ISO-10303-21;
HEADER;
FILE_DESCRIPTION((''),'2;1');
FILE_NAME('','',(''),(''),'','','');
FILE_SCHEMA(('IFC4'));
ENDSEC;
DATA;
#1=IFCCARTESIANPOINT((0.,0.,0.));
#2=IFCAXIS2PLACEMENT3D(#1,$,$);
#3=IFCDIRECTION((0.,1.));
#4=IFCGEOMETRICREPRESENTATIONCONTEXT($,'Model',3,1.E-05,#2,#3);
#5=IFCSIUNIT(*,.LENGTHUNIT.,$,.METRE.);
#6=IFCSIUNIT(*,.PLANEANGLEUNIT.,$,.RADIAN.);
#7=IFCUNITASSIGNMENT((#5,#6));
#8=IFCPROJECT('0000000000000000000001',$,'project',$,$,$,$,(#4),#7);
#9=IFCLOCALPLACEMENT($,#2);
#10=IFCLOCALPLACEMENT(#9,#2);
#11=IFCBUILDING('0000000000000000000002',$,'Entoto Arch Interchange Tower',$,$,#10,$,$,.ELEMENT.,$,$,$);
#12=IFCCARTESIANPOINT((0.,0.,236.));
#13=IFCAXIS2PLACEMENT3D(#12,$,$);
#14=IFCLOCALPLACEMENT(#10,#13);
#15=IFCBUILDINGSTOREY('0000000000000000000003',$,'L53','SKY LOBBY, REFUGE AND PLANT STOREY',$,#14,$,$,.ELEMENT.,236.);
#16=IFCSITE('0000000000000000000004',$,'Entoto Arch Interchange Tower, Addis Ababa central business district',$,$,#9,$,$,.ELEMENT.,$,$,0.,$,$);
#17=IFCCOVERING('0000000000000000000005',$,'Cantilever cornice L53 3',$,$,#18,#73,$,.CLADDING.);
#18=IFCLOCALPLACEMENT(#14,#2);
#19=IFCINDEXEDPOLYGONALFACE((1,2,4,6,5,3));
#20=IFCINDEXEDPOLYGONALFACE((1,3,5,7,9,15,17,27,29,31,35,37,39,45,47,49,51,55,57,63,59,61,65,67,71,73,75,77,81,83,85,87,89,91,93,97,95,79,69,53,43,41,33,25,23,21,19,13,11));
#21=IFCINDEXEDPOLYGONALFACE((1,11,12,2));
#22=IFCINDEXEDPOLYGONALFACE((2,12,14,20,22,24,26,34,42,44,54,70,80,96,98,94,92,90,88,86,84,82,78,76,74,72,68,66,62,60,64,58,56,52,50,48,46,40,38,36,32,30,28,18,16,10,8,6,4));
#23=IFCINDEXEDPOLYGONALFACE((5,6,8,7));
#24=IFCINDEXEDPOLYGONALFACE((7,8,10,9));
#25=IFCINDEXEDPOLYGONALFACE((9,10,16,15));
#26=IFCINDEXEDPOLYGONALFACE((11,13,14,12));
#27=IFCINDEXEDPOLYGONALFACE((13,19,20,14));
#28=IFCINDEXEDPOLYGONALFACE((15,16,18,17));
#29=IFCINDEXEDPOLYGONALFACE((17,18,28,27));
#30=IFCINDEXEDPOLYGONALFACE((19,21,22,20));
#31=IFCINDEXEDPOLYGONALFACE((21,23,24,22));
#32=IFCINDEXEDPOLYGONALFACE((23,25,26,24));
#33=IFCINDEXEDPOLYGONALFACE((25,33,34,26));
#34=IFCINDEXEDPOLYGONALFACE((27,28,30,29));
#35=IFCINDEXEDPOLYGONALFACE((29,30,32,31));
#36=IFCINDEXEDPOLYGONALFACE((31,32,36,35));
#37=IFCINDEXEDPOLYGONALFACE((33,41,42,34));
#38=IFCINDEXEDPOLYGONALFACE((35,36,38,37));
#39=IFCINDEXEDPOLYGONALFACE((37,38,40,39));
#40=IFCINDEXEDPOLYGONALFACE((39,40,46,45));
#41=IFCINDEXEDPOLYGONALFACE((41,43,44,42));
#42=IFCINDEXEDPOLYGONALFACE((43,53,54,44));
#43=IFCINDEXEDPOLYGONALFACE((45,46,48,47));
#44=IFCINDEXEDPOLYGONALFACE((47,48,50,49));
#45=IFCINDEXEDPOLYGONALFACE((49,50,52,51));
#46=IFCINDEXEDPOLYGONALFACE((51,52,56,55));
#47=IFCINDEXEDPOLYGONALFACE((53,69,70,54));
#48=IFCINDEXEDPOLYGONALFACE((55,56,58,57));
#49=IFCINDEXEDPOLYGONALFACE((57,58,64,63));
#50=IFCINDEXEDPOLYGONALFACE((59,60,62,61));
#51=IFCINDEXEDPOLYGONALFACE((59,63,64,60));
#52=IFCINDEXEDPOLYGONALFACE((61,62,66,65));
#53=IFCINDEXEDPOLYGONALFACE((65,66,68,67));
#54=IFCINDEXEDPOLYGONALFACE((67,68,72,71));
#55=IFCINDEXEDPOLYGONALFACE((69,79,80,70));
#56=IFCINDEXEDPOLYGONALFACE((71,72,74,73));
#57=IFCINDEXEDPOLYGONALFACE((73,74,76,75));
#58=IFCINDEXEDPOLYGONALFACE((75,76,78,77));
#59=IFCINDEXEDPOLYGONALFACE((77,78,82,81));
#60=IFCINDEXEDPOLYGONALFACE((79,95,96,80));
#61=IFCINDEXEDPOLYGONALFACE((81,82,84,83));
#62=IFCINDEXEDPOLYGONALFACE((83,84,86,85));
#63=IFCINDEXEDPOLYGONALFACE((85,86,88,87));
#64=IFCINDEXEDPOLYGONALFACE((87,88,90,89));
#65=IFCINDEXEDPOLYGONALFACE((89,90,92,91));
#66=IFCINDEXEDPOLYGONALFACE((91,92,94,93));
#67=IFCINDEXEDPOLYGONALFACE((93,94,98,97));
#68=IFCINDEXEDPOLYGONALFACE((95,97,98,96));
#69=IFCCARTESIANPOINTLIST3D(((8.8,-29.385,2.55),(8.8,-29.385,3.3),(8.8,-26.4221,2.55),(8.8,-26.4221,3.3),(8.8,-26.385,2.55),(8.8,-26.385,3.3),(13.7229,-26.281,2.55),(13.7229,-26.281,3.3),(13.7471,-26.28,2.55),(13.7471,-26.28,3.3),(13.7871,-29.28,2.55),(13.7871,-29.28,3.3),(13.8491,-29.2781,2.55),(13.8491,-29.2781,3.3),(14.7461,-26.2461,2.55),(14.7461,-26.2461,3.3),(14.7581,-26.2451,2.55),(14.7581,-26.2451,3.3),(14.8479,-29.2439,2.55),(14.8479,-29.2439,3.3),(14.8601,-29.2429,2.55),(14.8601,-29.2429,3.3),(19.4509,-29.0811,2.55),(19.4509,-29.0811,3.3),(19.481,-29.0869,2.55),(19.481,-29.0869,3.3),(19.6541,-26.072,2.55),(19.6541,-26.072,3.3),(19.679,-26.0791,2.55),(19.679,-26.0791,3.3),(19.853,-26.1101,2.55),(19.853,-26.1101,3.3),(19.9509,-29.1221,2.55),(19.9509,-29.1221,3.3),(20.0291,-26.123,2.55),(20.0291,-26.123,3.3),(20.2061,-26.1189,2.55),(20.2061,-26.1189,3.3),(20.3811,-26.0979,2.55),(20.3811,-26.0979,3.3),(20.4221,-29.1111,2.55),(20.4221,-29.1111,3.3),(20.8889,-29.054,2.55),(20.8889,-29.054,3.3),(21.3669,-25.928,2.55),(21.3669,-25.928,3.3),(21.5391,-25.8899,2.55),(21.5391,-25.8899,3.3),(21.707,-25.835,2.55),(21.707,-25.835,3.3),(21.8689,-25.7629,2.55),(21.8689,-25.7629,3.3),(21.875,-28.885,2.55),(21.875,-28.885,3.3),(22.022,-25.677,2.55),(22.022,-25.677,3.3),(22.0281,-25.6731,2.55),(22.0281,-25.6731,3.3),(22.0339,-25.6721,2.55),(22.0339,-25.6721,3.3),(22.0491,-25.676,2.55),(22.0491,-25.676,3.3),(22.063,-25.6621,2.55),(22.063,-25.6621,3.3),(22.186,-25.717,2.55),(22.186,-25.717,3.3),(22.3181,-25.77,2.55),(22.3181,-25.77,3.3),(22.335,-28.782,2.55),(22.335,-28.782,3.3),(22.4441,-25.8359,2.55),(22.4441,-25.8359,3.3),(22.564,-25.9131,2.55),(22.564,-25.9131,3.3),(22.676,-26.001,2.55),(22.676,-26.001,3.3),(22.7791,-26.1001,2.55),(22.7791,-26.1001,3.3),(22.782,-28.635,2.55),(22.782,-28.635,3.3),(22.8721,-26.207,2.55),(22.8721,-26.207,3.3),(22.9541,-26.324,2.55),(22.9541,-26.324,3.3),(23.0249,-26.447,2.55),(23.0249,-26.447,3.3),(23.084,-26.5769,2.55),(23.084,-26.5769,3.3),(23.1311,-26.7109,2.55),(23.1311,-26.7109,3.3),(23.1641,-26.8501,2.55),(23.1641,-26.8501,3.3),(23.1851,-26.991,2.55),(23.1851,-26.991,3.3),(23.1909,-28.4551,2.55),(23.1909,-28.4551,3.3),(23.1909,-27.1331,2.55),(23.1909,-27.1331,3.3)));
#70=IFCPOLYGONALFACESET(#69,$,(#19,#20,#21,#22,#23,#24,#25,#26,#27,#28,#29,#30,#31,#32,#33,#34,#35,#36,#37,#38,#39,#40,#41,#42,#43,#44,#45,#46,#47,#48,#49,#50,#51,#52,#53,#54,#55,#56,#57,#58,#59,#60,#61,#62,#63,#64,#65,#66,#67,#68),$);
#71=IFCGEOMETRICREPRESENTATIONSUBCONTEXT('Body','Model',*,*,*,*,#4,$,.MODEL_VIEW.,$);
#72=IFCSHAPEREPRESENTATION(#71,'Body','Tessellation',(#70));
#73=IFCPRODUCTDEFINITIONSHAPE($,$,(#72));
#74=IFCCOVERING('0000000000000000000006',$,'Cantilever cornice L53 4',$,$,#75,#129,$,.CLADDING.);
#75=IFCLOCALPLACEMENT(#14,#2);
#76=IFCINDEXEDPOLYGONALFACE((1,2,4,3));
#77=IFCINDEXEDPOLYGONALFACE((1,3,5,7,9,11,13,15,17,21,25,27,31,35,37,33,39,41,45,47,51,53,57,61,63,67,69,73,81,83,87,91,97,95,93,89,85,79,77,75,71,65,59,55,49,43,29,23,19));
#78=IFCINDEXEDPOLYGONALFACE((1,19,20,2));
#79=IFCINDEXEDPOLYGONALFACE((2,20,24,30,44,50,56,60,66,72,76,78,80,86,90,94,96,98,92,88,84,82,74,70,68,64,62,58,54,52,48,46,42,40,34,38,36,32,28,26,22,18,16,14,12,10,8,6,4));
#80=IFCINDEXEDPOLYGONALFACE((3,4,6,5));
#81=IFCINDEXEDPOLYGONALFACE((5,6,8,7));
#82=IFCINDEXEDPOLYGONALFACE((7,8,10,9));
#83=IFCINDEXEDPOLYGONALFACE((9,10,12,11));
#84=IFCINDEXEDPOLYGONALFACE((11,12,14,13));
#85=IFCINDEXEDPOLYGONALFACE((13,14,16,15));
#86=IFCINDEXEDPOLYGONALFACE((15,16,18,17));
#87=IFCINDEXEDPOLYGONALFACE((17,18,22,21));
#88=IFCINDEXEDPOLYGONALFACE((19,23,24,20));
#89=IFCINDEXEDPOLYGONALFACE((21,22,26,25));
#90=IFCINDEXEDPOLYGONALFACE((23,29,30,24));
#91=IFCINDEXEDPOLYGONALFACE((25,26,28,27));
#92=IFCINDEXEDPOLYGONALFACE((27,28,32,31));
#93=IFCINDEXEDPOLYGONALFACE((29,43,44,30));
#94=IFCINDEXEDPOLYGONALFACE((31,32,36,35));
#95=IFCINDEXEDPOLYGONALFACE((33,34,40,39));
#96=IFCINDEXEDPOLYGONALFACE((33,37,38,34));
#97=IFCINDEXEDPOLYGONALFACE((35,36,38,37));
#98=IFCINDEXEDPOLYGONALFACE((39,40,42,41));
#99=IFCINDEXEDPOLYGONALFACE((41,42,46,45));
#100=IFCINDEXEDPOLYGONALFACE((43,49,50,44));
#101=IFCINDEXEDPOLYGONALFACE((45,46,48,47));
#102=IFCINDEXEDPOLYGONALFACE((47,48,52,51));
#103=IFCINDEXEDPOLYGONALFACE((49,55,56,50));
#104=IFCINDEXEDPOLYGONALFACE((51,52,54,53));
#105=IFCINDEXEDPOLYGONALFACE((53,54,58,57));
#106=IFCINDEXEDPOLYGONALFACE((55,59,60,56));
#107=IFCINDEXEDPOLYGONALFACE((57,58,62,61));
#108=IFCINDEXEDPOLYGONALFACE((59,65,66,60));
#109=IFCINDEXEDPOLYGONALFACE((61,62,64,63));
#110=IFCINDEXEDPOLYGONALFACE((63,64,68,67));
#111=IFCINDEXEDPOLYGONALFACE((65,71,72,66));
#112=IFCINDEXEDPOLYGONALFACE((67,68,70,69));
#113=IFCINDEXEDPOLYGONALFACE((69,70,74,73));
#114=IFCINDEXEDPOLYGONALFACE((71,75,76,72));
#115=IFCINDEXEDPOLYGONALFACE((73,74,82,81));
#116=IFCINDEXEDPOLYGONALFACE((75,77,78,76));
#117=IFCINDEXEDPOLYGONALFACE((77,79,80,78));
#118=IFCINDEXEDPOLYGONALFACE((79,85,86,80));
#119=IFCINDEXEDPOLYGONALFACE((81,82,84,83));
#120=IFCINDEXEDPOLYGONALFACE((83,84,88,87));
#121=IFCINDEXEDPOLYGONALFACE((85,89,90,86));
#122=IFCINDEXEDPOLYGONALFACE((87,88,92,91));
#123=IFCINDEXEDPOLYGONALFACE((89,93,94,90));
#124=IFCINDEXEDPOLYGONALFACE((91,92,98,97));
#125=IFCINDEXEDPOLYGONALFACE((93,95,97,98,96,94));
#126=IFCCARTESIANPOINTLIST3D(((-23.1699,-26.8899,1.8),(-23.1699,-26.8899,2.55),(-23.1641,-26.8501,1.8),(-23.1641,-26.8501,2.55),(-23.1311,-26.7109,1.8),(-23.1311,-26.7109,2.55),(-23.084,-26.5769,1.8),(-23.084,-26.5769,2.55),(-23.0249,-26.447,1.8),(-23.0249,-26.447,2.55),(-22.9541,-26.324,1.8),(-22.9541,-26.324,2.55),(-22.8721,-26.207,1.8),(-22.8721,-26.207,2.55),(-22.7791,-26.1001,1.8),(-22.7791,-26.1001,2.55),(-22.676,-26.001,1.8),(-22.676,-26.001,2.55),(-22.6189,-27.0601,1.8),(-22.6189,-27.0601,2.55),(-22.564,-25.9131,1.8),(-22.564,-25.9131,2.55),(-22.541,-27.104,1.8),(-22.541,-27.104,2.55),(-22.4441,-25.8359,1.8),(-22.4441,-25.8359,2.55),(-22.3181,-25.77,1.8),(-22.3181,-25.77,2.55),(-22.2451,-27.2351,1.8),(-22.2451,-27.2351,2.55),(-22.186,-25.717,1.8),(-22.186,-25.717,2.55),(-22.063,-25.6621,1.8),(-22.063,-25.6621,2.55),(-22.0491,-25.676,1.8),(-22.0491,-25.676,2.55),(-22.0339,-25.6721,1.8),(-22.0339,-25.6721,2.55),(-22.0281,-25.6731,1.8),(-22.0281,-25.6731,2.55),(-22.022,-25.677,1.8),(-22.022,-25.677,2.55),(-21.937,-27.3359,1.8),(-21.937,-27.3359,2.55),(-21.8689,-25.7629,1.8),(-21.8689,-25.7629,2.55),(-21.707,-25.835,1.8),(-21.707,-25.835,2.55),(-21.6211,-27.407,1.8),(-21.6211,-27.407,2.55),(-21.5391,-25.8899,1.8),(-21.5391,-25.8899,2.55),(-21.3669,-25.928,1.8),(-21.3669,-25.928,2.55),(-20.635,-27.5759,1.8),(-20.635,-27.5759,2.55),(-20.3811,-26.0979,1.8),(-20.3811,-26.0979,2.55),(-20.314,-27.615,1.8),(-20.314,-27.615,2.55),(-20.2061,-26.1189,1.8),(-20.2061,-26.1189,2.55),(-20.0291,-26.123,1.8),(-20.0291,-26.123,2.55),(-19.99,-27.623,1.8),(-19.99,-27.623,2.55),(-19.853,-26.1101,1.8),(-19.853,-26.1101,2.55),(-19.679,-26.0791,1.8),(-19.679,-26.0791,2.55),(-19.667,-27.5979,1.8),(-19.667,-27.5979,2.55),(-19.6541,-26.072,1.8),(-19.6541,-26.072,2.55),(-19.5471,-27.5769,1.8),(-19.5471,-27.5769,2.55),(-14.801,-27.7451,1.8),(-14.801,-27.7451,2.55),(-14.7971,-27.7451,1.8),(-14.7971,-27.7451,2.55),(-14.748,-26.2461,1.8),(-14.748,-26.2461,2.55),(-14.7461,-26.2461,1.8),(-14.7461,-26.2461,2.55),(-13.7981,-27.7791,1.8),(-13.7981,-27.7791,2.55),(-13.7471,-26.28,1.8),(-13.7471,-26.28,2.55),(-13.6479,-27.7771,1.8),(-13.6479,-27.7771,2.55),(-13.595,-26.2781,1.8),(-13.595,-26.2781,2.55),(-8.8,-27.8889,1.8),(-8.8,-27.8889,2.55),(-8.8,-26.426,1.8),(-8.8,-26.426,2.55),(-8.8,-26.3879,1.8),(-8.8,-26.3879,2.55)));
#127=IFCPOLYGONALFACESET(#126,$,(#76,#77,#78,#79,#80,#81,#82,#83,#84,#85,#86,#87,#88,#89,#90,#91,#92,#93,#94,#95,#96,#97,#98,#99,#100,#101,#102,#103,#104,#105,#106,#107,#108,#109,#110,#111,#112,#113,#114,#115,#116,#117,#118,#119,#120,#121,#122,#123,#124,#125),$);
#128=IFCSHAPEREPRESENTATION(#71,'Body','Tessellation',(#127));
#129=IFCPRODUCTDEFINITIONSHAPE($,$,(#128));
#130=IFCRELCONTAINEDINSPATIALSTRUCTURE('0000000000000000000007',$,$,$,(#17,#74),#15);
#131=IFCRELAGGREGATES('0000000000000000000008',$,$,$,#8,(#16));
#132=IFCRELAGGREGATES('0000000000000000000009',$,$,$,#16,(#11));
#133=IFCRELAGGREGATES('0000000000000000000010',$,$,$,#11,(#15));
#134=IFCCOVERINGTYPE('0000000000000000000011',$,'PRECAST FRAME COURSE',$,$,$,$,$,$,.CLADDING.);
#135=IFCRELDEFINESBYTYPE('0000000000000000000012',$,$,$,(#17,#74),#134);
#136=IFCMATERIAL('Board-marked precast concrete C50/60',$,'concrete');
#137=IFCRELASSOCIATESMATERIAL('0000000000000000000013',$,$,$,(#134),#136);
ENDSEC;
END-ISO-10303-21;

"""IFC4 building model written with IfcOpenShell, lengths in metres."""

from ifc_helpers import new_model, si_unit, direction, frame, origin, place, context, subcontext, project, spatial, polyline, outline, extrude, material, type_object, element, save


model = new_model("IFC4")

# Units and contexts
model_context = context("Model", 3, precision=1e-05, world=origin(), true_north=direction((0.0, 1.0)))
body_context = subcontext(model_context, "Body", "Model", "MODEL_VIEW")
ifc_project = project(units=[si_unit("LENGTHUNIT", "METRE"), si_unit("PLANEANGLEUNIT", "RADIAN")], contexts=[model_context])

# Site, building, storey
site_placement = place(None, origin())
site = spatial("IfcSite", under=ifc_project, at=site_placement, Name="Entoto Arch Interchange Tower, Addis Ababa central business district", CompositionType="ELEMENT", RefElevation=0.0)
building_placement = place(site_placement, origin())
building = spatial("IfcBuilding", under=site, at=building_placement, Name="Entoto Arch Interchange Tower", CompositionType="ELEMENT")
storey_placement = place(building_placement, frame((0.0, 0.0, 236.0)))
storey = spatial("IfcBuildingStorey", under=building, at=storey_placement, Name="L53", Description="SKY LOBBY, REFUGE AND PLANT STOREY", CompositionType="ELEMENT", Elevation=236.0)

# Coverings
ifc_material = material(Name="Board-marked precast concrete C50/60", Category="concrete")
covering_type_1 = type_object("IfcCoveringType", Name="PRECAST FRAME COURSE", PredefinedType="CLADDING", material=ifc_material)
covering_1_placement = place(storey_placement, frame((0.0, 0.0, 2.55)))
element("IfcCovering", 1, at=covering_1_placement, inside=storey, type_object=covering_type_1, Name="Cantilever cornice L53 3", PredefinedType="CLADDING", context=body_context, shape_type="SweptSolid", body=[
    extrude(outline(polyline([(22.3181, -25.77), (22.4441, -25.8359), (22.564, -25.9131), (22.676, -26.001), (22.7791, -26.1001), (22.8721, -26.207), (22.9541, -26.324), (23.0249, -26.447), (23.084, -26.5769), (23.1311, -26.7109), (23.1641, -26.8501), (23.1851, -26.991), (23.1909, -27.1331), (23.1909, -28.4551), (22.782, -28.635), (22.335, -28.782), (21.875, -28.885), (20.8889, -29.054), (20.4221, -29.1111), (19.9509, -29.1221), (19.481, -29.0869), (19.4509, -29.0811), (14.8601, -29.2429), (14.8479, -29.2439), (13.8491, -29.2781), (13.7871, -29.28), (8.8, -29.385), (8.8, -26.4221), (8.8, -26.385), (13.7229, -26.281), (13.7471, -26.28), (14.7461, -26.2461), (14.7581, -26.2451), (19.6541, -26.072), (19.679, -26.0791), (19.853, -26.1101), (20.0291, -26.123), (20.2061, -26.1189), (20.3811, -26.0979), (21.3669, -25.928), (21.5391, -25.8899), (21.707, -25.835), (21.8689, -25.7629), (22.022, -25.677), (22.0281, -25.6731), (22.063, -25.6621), (22.0339, -25.6721), (22.0491, -25.676), (22.186, -25.717), (22.3181, -25.77)])), origin(), (0.0, 0.0, 1.0), 0.75),
])
covering_2_placement = place(storey_placement, frame((0.0, 0.0, 1.8)))
element("IfcCovering", 2, at=covering_2_placement, inside=storey, type_object=covering_type_1, Name="Cantilever cornice L53 4", PredefinedType="CLADDING", context=body_context, shape_type="SweptSolid", body=[
    extrude(outline(polyline([(-23.1311, -26.7109), (-23.084, -26.5769), (-23.0249, -26.447), (-22.9541, -26.324), (-22.8721, -26.207), (-22.7791, -26.1001), (-22.676, -26.001), (-22.564, -25.9131), (-22.4441, -25.8359), (-22.3181, -25.77), (-22.186, -25.717), (-22.0491, -25.676), (-22.0339, -25.6721), (-22.063, -25.6621), (-22.0281, -25.6731), (-22.022, -25.677), (-21.8689, -25.7629), (-21.707, -25.835), (-21.5391, -25.8899), (-21.3669, -25.928), (-20.3811, -26.0979), (-20.2061, -26.1189), (-20.0291, -26.123), (-19.853, -26.1101), (-19.679, -26.0791), (-19.6541, -26.072), (-14.748, -26.2461), (-14.7461, -26.2461), (-13.7471, -26.28), (-13.595, -26.2781), (-8.8, -26.3879), (-8.8, -26.426), (-8.8, -27.8889), (-13.6479, -27.7771), (-13.7981, -27.7791), (-14.7971, -27.7451), (-14.801, -27.7451), (-19.5471, -27.5769), (-19.667, -27.5979), (-19.99, -27.623), (-20.314, -27.615), (-20.635, -27.5759), (-21.6211, -27.407), (-21.937, -27.3359), (-22.2451, -27.2351), (-22.541, -27.104), (-22.6189, -27.0601), (-23.1699, -26.8899), (-23.1641, -26.8501), (-23.1311, -26.7109)])), origin(), (0.0, 0.0, 1.0), 0.75),
])

save(model, "model.ifc")
